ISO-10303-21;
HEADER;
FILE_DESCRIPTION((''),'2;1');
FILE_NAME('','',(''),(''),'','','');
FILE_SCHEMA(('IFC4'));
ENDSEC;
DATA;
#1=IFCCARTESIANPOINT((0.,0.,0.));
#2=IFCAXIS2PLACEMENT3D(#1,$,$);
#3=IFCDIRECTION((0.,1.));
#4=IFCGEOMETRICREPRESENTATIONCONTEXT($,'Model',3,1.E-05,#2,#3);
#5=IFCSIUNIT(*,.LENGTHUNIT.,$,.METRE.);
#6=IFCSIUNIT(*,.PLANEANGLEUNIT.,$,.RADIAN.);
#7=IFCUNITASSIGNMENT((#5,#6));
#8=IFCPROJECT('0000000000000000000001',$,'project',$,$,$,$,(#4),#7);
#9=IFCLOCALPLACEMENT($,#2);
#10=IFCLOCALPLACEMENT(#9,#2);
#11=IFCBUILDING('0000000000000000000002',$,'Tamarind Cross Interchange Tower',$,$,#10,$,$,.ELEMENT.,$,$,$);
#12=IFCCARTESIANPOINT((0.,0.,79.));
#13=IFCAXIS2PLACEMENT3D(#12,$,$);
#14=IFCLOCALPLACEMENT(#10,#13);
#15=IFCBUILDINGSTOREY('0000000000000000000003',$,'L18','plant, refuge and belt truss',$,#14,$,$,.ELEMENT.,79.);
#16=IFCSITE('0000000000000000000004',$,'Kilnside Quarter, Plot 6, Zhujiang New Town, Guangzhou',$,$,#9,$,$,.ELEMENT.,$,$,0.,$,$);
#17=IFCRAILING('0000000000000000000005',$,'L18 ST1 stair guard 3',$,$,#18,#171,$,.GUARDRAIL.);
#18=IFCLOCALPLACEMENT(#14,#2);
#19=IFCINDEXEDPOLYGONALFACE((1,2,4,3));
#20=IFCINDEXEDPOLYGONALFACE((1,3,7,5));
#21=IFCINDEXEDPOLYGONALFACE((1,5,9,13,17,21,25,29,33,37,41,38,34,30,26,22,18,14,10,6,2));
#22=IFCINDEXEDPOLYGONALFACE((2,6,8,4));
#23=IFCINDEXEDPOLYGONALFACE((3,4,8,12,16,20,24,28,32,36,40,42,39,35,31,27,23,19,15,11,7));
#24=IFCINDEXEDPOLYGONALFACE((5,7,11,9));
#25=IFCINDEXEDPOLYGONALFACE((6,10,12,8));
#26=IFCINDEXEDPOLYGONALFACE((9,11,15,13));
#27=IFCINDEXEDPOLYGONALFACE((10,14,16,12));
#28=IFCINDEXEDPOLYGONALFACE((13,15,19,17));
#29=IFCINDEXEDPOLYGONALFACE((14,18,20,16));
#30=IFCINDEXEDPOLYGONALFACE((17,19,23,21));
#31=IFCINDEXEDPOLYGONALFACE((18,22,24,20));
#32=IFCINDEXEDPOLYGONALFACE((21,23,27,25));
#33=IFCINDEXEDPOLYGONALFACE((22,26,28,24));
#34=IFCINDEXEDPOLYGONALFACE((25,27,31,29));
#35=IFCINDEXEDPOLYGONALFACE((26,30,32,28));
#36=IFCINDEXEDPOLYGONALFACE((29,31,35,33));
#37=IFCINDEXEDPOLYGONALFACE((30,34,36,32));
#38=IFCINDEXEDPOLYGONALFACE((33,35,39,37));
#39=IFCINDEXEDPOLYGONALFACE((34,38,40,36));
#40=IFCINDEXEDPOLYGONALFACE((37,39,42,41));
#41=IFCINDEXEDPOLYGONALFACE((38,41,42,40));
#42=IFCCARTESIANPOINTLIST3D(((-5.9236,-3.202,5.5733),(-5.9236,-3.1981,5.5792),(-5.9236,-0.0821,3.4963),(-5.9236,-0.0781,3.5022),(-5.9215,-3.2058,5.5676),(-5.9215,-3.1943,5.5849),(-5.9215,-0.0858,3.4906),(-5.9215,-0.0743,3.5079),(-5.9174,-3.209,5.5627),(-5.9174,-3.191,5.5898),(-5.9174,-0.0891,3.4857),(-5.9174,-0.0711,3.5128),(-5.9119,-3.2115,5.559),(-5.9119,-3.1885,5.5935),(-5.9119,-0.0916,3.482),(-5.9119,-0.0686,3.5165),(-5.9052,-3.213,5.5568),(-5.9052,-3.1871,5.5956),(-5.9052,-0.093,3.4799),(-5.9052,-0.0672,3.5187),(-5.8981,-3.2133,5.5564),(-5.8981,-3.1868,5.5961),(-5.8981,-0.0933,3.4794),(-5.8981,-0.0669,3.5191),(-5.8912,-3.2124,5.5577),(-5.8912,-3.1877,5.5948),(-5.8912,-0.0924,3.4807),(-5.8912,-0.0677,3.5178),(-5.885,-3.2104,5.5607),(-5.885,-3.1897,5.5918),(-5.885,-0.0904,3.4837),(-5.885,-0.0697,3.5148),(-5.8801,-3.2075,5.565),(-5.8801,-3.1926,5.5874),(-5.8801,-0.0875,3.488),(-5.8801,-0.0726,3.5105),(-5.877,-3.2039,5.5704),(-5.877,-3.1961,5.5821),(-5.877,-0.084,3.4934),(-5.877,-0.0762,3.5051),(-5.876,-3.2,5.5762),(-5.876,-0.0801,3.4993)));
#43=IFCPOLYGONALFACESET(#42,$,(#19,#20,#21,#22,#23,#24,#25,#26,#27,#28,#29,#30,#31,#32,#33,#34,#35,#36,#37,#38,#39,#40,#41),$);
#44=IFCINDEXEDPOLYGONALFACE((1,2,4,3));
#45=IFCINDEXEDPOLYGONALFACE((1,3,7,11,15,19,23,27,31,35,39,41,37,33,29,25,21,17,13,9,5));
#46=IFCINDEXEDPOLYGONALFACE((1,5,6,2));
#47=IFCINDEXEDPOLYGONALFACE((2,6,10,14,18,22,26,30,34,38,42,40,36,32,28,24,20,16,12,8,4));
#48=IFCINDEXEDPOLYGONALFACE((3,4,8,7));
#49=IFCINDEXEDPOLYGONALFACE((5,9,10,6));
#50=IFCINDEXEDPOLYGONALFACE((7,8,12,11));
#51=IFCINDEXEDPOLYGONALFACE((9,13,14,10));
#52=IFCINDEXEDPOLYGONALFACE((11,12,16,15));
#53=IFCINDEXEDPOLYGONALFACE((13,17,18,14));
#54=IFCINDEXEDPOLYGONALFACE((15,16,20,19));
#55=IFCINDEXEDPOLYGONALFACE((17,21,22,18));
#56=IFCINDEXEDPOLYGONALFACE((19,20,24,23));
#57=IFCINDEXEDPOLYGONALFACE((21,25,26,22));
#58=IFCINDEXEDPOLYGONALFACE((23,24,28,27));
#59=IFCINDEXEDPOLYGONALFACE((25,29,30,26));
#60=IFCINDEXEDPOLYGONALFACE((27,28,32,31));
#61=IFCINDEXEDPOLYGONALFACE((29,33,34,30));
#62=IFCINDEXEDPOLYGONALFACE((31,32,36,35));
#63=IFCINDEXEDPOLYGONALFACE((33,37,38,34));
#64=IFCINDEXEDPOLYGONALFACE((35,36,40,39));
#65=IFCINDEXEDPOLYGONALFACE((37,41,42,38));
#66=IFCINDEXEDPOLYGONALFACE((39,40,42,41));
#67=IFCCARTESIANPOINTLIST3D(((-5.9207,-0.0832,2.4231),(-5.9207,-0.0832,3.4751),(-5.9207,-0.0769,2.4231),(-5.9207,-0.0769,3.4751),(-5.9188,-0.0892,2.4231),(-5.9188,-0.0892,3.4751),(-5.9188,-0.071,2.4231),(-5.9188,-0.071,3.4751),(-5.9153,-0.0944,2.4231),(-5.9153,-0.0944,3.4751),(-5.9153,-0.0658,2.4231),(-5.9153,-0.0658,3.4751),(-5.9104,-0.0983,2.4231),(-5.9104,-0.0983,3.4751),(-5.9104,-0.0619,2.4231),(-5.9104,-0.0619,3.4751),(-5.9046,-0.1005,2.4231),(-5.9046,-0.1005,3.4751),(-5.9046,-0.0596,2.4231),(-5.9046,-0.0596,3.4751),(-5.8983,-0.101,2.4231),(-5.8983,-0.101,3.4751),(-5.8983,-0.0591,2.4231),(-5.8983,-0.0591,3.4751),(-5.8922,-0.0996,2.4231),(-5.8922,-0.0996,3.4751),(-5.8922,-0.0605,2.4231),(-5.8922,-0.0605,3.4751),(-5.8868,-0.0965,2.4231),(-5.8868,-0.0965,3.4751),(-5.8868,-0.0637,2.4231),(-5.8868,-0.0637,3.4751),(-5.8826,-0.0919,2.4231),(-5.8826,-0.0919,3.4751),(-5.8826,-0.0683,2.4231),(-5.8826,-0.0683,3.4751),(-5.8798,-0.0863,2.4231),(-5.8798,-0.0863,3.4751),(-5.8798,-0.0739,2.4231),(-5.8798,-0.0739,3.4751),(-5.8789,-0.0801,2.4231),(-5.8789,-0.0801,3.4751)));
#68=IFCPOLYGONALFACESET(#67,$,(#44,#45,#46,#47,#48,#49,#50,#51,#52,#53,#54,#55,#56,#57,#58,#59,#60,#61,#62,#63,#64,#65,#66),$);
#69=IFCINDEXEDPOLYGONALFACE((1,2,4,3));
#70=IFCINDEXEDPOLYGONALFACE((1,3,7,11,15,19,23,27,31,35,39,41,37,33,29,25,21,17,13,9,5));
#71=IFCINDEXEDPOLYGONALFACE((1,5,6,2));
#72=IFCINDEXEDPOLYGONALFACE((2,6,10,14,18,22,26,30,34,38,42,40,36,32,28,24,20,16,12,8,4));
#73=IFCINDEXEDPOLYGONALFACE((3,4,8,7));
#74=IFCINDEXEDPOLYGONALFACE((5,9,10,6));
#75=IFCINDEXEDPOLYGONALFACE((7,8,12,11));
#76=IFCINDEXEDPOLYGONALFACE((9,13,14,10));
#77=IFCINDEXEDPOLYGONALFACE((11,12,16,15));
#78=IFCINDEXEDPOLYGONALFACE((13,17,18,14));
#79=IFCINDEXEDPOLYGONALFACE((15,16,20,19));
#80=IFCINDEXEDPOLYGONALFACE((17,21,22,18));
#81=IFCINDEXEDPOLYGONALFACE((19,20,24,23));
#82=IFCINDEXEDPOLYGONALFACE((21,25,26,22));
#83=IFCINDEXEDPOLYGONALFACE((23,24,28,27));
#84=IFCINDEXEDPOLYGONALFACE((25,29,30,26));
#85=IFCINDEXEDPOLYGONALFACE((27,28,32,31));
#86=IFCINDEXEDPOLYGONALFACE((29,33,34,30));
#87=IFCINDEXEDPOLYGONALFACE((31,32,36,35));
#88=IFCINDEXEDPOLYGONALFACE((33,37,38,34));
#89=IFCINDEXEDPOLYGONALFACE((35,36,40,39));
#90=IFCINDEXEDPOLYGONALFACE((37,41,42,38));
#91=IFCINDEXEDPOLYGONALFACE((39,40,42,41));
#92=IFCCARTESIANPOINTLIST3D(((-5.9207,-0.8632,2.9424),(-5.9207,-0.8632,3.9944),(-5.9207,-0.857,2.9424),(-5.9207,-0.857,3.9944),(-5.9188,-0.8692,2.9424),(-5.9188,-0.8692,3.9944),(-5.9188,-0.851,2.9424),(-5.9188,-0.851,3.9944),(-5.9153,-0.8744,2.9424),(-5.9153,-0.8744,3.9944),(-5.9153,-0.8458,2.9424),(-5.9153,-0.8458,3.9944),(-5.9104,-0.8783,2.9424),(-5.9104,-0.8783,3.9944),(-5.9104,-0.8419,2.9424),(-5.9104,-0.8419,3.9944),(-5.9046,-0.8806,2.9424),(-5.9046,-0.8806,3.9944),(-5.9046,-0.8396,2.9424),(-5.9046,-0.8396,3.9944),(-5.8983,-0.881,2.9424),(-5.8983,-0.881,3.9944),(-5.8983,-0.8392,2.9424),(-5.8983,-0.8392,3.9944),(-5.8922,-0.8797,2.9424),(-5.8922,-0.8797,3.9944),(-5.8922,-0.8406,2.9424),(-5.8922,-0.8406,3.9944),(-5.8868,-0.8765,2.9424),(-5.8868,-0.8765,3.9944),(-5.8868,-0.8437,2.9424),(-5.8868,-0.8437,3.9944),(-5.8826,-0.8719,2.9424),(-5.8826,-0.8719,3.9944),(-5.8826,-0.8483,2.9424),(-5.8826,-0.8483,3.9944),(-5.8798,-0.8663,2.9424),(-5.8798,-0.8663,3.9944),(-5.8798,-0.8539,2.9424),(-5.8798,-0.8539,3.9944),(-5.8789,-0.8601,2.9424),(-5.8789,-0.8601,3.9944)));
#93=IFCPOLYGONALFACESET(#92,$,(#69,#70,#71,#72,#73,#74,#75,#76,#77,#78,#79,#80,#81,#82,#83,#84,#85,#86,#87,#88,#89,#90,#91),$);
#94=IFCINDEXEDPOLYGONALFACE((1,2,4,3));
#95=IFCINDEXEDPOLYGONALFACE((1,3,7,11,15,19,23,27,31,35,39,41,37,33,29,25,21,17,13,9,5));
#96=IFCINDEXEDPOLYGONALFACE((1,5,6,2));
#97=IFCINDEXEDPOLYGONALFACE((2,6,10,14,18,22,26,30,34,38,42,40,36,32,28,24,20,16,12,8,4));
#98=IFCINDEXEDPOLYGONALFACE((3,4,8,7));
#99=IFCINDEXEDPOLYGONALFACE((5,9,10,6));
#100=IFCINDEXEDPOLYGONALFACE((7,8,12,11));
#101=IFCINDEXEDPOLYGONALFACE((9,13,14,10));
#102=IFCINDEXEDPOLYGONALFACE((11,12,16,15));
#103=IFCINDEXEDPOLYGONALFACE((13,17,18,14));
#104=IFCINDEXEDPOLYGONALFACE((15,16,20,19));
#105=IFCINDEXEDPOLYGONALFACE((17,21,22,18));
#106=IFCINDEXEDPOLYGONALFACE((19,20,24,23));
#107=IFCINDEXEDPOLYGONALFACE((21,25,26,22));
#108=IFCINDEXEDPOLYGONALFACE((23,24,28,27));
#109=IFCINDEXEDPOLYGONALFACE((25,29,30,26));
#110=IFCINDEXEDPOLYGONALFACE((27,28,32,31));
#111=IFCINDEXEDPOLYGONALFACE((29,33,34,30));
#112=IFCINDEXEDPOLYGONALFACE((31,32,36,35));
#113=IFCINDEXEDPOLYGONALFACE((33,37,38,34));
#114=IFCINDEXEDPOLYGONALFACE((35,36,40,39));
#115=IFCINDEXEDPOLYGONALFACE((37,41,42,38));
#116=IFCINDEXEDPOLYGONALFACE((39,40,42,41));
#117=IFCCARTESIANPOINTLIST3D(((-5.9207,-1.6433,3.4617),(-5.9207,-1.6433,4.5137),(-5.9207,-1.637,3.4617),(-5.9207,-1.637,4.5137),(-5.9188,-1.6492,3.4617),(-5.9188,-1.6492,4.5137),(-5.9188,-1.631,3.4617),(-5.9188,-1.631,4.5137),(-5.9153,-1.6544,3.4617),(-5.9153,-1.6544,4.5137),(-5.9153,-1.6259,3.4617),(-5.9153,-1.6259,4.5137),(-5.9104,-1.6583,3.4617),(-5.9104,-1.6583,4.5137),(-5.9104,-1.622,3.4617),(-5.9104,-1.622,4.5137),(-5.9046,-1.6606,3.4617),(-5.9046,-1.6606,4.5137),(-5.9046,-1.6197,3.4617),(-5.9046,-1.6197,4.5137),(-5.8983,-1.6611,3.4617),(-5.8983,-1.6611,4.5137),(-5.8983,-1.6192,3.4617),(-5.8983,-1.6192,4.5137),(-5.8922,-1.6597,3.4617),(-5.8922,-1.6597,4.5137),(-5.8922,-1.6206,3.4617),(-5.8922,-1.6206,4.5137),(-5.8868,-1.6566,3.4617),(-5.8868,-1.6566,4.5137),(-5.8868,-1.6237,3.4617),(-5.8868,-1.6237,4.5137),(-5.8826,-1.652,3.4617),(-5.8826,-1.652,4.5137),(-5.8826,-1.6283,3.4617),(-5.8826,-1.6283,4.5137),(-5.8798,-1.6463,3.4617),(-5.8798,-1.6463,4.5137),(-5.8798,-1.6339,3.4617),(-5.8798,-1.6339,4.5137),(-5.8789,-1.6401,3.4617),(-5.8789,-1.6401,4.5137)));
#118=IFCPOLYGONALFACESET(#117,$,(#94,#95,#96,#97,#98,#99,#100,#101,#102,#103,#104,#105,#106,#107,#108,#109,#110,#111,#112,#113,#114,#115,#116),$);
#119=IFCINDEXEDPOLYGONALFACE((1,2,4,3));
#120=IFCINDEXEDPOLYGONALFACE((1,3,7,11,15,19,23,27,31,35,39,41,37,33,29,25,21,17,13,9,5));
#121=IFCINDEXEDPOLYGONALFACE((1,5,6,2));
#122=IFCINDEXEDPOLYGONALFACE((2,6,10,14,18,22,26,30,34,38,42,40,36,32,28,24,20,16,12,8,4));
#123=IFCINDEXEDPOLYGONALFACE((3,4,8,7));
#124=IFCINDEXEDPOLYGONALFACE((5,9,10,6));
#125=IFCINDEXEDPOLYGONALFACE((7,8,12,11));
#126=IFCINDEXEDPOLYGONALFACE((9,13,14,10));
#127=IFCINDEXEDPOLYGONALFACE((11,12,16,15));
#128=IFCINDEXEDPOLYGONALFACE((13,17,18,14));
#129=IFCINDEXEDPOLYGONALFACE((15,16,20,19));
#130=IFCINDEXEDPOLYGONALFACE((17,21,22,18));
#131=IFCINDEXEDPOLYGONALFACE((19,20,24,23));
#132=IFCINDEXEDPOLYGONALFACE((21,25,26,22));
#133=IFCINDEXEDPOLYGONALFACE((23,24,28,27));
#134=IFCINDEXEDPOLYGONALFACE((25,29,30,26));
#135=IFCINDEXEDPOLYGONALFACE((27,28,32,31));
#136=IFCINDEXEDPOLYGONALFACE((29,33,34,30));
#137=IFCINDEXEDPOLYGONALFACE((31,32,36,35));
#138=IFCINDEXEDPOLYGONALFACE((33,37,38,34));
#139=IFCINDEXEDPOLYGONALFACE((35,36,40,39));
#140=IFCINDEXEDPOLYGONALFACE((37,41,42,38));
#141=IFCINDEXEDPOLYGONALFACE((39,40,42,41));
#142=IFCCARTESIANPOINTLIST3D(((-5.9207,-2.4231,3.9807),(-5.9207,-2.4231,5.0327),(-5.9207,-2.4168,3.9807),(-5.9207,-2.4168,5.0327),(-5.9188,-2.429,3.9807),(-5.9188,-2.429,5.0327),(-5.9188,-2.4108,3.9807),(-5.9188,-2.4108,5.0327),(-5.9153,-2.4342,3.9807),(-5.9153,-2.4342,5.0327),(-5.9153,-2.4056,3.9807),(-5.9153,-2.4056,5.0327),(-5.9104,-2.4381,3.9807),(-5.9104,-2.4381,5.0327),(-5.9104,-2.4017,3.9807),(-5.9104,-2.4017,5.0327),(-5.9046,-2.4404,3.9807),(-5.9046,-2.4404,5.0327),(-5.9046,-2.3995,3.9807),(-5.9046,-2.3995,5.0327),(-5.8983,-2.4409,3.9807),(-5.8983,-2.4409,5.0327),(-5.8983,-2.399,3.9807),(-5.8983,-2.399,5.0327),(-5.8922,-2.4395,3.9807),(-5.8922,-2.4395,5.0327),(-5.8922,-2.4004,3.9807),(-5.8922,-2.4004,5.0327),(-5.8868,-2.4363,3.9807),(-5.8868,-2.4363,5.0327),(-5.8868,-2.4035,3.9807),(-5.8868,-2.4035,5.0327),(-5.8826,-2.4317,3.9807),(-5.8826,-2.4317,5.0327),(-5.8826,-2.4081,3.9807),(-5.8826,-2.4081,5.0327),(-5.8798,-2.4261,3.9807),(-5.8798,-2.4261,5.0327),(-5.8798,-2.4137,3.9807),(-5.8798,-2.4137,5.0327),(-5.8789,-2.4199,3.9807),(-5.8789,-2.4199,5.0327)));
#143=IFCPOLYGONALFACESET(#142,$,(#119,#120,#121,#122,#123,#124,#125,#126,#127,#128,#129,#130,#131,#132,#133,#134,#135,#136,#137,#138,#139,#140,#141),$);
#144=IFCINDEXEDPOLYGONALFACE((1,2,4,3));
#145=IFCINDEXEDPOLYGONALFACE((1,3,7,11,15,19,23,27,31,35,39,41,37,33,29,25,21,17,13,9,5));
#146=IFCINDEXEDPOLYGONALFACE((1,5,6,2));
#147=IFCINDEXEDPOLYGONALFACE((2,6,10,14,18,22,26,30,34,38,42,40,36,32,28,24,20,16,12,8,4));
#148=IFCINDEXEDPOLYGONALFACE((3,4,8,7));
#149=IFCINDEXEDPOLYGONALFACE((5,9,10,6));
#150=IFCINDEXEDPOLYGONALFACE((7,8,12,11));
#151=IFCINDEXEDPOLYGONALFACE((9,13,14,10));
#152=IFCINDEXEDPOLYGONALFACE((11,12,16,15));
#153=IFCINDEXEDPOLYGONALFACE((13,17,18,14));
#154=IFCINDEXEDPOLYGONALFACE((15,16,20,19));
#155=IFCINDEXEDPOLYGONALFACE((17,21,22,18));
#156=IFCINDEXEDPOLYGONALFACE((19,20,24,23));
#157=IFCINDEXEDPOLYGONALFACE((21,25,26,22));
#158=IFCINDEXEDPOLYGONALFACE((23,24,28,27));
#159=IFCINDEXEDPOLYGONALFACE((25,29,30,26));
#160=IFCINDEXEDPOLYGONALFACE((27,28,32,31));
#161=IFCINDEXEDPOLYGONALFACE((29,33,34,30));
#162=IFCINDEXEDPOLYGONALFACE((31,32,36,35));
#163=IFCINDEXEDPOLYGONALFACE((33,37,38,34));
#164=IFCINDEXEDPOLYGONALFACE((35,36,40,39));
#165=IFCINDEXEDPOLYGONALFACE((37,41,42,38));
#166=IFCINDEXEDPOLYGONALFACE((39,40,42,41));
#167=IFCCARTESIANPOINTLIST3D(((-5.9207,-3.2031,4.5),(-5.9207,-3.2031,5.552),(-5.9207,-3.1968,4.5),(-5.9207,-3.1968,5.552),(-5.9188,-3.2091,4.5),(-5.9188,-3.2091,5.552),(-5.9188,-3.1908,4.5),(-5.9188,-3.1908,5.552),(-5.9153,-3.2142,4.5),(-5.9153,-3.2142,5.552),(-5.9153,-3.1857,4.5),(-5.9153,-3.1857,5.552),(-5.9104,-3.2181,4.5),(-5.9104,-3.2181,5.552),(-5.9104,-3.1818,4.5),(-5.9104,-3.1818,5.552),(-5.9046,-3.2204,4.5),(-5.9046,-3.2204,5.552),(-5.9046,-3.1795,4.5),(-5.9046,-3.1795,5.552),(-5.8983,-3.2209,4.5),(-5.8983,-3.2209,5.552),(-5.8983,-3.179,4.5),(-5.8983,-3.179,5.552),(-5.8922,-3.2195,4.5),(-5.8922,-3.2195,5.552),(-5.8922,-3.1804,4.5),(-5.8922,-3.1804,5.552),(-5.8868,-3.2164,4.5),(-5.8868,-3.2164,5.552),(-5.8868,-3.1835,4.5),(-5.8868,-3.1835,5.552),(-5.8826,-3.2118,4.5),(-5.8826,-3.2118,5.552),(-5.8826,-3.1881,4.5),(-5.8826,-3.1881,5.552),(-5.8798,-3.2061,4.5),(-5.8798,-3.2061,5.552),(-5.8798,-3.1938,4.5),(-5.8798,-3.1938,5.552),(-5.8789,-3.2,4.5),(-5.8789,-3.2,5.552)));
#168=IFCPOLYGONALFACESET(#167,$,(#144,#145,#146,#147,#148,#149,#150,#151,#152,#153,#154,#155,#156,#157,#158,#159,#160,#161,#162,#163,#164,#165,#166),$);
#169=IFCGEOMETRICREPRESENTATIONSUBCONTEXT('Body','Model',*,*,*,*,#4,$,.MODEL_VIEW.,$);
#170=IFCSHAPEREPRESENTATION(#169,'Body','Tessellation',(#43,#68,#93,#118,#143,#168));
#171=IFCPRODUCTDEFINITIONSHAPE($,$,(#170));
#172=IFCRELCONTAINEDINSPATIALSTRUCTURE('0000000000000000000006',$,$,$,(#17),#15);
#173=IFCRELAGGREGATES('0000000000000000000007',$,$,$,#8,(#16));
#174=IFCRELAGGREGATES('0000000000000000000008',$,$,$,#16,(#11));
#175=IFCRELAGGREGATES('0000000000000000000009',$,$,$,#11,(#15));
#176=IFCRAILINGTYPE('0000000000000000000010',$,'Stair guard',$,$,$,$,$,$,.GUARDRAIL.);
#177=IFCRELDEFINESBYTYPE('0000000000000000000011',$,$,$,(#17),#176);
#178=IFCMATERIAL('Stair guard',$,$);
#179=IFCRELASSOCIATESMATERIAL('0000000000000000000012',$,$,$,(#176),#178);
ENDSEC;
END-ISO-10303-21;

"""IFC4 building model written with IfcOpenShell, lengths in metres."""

from ifc_helpers import new_model, si_unit, direction, frame, origin, origin_2d, place, context, subcontext, project, spatial, circle, extrude, material, type_object, element, save


model = new_model("IFC4")

# Units and contexts
model_context = context("Model", 3, precision=1e-05, world=origin(), true_north=direction((0.0, 1.0)))
body_context = subcontext(model_context, "Body", "Model", "MODEL_VIEW")
ifc_project = project(units=[si_unit("LENGTHUNIT", "METRE"), si_unit("PLANEANGLEUNIT", "RADIAN")], contexts=[model_context])

# Site, building, storey
site_placement = place(None, origin())
site = spatial("IfcSite", under=ifc_project, at=site_placement, Name="Kilnside Quarter, Plot 6, Zhujiang New Town, Guangzhou", CompositionType="ELEMENT", RefElevation=0.0)
building_placement = place(site_placement, origin())
building = spatial("IfcBuilding", under=site, at=building_placement, Name="Tamarind Cross Interchange Tower", CompositionType="ELEMENT")
storey_placement = place(building_placement, frame((0.0, 0.0, 79.0)))
storey = spatial("IfcBuildingStorey", under=building, at=storey_placement, Name="L18", Description="plant, refuge and belt truss", CompositionType="ELEMENT", Elevation=79.0)

# Railing
ifc_material_1 = material(Name="Stair guard")
railing_type_1 = type_object("IfcRailingType", Name="Stair guard", PredefinedType="GUARDRAIL", material=ifc_material_1)
railing_1_placement = place(storey_placement, frame((-5.8999, -0.0801, 2.4231)))
element("IfcRailing", 1, at=railing_1_placement, inside=storey, type_object=railing_type_1, Name="L18 ST1 stair guard 3", PredefinedType="GUARDRAIL", context=body_context, shape_type="SweptSolid", body=[
    extrude(circle(Radius=0.0239, at=origin_2d()), frame((0.0, 0.0, 1.0762), z_axis=(0.0, -0.832421, 0.554144), x_axis=(1.0, 0.0, 0.0)), (0.0, 0.0, 1.0), 3.748),
    extrude(circle(Radius=0.021, at=origin_2d()), origin(), (0.0, 0.0, 1.0), 1.052),
    extrude(circle(Radius=0.021, at=origin_2d()), frame((0.0, -0.78, 0.5193)), (0.0, 0.0, 1.0), 1.052),
    extrude(circle(Radius=0.021, at=origin_2d()), frame((0.0, -1.5601, 1.0386)), (0.0, 0.0, 1.0), 1.052),
    extrude(circle(Radius=0.021, at=origin_2d()), frame((0.0, -2.3398, 1.5576)), (0.0, 0.0, 1.0), 1.052),
    extrude(circle(Radius=0.021, at=origin_2d()), frame((0.0, -3.1199, 2.0769)), (0.0, 0.0, 1.0), 1.052),
])

save(model, "model.ifc")
